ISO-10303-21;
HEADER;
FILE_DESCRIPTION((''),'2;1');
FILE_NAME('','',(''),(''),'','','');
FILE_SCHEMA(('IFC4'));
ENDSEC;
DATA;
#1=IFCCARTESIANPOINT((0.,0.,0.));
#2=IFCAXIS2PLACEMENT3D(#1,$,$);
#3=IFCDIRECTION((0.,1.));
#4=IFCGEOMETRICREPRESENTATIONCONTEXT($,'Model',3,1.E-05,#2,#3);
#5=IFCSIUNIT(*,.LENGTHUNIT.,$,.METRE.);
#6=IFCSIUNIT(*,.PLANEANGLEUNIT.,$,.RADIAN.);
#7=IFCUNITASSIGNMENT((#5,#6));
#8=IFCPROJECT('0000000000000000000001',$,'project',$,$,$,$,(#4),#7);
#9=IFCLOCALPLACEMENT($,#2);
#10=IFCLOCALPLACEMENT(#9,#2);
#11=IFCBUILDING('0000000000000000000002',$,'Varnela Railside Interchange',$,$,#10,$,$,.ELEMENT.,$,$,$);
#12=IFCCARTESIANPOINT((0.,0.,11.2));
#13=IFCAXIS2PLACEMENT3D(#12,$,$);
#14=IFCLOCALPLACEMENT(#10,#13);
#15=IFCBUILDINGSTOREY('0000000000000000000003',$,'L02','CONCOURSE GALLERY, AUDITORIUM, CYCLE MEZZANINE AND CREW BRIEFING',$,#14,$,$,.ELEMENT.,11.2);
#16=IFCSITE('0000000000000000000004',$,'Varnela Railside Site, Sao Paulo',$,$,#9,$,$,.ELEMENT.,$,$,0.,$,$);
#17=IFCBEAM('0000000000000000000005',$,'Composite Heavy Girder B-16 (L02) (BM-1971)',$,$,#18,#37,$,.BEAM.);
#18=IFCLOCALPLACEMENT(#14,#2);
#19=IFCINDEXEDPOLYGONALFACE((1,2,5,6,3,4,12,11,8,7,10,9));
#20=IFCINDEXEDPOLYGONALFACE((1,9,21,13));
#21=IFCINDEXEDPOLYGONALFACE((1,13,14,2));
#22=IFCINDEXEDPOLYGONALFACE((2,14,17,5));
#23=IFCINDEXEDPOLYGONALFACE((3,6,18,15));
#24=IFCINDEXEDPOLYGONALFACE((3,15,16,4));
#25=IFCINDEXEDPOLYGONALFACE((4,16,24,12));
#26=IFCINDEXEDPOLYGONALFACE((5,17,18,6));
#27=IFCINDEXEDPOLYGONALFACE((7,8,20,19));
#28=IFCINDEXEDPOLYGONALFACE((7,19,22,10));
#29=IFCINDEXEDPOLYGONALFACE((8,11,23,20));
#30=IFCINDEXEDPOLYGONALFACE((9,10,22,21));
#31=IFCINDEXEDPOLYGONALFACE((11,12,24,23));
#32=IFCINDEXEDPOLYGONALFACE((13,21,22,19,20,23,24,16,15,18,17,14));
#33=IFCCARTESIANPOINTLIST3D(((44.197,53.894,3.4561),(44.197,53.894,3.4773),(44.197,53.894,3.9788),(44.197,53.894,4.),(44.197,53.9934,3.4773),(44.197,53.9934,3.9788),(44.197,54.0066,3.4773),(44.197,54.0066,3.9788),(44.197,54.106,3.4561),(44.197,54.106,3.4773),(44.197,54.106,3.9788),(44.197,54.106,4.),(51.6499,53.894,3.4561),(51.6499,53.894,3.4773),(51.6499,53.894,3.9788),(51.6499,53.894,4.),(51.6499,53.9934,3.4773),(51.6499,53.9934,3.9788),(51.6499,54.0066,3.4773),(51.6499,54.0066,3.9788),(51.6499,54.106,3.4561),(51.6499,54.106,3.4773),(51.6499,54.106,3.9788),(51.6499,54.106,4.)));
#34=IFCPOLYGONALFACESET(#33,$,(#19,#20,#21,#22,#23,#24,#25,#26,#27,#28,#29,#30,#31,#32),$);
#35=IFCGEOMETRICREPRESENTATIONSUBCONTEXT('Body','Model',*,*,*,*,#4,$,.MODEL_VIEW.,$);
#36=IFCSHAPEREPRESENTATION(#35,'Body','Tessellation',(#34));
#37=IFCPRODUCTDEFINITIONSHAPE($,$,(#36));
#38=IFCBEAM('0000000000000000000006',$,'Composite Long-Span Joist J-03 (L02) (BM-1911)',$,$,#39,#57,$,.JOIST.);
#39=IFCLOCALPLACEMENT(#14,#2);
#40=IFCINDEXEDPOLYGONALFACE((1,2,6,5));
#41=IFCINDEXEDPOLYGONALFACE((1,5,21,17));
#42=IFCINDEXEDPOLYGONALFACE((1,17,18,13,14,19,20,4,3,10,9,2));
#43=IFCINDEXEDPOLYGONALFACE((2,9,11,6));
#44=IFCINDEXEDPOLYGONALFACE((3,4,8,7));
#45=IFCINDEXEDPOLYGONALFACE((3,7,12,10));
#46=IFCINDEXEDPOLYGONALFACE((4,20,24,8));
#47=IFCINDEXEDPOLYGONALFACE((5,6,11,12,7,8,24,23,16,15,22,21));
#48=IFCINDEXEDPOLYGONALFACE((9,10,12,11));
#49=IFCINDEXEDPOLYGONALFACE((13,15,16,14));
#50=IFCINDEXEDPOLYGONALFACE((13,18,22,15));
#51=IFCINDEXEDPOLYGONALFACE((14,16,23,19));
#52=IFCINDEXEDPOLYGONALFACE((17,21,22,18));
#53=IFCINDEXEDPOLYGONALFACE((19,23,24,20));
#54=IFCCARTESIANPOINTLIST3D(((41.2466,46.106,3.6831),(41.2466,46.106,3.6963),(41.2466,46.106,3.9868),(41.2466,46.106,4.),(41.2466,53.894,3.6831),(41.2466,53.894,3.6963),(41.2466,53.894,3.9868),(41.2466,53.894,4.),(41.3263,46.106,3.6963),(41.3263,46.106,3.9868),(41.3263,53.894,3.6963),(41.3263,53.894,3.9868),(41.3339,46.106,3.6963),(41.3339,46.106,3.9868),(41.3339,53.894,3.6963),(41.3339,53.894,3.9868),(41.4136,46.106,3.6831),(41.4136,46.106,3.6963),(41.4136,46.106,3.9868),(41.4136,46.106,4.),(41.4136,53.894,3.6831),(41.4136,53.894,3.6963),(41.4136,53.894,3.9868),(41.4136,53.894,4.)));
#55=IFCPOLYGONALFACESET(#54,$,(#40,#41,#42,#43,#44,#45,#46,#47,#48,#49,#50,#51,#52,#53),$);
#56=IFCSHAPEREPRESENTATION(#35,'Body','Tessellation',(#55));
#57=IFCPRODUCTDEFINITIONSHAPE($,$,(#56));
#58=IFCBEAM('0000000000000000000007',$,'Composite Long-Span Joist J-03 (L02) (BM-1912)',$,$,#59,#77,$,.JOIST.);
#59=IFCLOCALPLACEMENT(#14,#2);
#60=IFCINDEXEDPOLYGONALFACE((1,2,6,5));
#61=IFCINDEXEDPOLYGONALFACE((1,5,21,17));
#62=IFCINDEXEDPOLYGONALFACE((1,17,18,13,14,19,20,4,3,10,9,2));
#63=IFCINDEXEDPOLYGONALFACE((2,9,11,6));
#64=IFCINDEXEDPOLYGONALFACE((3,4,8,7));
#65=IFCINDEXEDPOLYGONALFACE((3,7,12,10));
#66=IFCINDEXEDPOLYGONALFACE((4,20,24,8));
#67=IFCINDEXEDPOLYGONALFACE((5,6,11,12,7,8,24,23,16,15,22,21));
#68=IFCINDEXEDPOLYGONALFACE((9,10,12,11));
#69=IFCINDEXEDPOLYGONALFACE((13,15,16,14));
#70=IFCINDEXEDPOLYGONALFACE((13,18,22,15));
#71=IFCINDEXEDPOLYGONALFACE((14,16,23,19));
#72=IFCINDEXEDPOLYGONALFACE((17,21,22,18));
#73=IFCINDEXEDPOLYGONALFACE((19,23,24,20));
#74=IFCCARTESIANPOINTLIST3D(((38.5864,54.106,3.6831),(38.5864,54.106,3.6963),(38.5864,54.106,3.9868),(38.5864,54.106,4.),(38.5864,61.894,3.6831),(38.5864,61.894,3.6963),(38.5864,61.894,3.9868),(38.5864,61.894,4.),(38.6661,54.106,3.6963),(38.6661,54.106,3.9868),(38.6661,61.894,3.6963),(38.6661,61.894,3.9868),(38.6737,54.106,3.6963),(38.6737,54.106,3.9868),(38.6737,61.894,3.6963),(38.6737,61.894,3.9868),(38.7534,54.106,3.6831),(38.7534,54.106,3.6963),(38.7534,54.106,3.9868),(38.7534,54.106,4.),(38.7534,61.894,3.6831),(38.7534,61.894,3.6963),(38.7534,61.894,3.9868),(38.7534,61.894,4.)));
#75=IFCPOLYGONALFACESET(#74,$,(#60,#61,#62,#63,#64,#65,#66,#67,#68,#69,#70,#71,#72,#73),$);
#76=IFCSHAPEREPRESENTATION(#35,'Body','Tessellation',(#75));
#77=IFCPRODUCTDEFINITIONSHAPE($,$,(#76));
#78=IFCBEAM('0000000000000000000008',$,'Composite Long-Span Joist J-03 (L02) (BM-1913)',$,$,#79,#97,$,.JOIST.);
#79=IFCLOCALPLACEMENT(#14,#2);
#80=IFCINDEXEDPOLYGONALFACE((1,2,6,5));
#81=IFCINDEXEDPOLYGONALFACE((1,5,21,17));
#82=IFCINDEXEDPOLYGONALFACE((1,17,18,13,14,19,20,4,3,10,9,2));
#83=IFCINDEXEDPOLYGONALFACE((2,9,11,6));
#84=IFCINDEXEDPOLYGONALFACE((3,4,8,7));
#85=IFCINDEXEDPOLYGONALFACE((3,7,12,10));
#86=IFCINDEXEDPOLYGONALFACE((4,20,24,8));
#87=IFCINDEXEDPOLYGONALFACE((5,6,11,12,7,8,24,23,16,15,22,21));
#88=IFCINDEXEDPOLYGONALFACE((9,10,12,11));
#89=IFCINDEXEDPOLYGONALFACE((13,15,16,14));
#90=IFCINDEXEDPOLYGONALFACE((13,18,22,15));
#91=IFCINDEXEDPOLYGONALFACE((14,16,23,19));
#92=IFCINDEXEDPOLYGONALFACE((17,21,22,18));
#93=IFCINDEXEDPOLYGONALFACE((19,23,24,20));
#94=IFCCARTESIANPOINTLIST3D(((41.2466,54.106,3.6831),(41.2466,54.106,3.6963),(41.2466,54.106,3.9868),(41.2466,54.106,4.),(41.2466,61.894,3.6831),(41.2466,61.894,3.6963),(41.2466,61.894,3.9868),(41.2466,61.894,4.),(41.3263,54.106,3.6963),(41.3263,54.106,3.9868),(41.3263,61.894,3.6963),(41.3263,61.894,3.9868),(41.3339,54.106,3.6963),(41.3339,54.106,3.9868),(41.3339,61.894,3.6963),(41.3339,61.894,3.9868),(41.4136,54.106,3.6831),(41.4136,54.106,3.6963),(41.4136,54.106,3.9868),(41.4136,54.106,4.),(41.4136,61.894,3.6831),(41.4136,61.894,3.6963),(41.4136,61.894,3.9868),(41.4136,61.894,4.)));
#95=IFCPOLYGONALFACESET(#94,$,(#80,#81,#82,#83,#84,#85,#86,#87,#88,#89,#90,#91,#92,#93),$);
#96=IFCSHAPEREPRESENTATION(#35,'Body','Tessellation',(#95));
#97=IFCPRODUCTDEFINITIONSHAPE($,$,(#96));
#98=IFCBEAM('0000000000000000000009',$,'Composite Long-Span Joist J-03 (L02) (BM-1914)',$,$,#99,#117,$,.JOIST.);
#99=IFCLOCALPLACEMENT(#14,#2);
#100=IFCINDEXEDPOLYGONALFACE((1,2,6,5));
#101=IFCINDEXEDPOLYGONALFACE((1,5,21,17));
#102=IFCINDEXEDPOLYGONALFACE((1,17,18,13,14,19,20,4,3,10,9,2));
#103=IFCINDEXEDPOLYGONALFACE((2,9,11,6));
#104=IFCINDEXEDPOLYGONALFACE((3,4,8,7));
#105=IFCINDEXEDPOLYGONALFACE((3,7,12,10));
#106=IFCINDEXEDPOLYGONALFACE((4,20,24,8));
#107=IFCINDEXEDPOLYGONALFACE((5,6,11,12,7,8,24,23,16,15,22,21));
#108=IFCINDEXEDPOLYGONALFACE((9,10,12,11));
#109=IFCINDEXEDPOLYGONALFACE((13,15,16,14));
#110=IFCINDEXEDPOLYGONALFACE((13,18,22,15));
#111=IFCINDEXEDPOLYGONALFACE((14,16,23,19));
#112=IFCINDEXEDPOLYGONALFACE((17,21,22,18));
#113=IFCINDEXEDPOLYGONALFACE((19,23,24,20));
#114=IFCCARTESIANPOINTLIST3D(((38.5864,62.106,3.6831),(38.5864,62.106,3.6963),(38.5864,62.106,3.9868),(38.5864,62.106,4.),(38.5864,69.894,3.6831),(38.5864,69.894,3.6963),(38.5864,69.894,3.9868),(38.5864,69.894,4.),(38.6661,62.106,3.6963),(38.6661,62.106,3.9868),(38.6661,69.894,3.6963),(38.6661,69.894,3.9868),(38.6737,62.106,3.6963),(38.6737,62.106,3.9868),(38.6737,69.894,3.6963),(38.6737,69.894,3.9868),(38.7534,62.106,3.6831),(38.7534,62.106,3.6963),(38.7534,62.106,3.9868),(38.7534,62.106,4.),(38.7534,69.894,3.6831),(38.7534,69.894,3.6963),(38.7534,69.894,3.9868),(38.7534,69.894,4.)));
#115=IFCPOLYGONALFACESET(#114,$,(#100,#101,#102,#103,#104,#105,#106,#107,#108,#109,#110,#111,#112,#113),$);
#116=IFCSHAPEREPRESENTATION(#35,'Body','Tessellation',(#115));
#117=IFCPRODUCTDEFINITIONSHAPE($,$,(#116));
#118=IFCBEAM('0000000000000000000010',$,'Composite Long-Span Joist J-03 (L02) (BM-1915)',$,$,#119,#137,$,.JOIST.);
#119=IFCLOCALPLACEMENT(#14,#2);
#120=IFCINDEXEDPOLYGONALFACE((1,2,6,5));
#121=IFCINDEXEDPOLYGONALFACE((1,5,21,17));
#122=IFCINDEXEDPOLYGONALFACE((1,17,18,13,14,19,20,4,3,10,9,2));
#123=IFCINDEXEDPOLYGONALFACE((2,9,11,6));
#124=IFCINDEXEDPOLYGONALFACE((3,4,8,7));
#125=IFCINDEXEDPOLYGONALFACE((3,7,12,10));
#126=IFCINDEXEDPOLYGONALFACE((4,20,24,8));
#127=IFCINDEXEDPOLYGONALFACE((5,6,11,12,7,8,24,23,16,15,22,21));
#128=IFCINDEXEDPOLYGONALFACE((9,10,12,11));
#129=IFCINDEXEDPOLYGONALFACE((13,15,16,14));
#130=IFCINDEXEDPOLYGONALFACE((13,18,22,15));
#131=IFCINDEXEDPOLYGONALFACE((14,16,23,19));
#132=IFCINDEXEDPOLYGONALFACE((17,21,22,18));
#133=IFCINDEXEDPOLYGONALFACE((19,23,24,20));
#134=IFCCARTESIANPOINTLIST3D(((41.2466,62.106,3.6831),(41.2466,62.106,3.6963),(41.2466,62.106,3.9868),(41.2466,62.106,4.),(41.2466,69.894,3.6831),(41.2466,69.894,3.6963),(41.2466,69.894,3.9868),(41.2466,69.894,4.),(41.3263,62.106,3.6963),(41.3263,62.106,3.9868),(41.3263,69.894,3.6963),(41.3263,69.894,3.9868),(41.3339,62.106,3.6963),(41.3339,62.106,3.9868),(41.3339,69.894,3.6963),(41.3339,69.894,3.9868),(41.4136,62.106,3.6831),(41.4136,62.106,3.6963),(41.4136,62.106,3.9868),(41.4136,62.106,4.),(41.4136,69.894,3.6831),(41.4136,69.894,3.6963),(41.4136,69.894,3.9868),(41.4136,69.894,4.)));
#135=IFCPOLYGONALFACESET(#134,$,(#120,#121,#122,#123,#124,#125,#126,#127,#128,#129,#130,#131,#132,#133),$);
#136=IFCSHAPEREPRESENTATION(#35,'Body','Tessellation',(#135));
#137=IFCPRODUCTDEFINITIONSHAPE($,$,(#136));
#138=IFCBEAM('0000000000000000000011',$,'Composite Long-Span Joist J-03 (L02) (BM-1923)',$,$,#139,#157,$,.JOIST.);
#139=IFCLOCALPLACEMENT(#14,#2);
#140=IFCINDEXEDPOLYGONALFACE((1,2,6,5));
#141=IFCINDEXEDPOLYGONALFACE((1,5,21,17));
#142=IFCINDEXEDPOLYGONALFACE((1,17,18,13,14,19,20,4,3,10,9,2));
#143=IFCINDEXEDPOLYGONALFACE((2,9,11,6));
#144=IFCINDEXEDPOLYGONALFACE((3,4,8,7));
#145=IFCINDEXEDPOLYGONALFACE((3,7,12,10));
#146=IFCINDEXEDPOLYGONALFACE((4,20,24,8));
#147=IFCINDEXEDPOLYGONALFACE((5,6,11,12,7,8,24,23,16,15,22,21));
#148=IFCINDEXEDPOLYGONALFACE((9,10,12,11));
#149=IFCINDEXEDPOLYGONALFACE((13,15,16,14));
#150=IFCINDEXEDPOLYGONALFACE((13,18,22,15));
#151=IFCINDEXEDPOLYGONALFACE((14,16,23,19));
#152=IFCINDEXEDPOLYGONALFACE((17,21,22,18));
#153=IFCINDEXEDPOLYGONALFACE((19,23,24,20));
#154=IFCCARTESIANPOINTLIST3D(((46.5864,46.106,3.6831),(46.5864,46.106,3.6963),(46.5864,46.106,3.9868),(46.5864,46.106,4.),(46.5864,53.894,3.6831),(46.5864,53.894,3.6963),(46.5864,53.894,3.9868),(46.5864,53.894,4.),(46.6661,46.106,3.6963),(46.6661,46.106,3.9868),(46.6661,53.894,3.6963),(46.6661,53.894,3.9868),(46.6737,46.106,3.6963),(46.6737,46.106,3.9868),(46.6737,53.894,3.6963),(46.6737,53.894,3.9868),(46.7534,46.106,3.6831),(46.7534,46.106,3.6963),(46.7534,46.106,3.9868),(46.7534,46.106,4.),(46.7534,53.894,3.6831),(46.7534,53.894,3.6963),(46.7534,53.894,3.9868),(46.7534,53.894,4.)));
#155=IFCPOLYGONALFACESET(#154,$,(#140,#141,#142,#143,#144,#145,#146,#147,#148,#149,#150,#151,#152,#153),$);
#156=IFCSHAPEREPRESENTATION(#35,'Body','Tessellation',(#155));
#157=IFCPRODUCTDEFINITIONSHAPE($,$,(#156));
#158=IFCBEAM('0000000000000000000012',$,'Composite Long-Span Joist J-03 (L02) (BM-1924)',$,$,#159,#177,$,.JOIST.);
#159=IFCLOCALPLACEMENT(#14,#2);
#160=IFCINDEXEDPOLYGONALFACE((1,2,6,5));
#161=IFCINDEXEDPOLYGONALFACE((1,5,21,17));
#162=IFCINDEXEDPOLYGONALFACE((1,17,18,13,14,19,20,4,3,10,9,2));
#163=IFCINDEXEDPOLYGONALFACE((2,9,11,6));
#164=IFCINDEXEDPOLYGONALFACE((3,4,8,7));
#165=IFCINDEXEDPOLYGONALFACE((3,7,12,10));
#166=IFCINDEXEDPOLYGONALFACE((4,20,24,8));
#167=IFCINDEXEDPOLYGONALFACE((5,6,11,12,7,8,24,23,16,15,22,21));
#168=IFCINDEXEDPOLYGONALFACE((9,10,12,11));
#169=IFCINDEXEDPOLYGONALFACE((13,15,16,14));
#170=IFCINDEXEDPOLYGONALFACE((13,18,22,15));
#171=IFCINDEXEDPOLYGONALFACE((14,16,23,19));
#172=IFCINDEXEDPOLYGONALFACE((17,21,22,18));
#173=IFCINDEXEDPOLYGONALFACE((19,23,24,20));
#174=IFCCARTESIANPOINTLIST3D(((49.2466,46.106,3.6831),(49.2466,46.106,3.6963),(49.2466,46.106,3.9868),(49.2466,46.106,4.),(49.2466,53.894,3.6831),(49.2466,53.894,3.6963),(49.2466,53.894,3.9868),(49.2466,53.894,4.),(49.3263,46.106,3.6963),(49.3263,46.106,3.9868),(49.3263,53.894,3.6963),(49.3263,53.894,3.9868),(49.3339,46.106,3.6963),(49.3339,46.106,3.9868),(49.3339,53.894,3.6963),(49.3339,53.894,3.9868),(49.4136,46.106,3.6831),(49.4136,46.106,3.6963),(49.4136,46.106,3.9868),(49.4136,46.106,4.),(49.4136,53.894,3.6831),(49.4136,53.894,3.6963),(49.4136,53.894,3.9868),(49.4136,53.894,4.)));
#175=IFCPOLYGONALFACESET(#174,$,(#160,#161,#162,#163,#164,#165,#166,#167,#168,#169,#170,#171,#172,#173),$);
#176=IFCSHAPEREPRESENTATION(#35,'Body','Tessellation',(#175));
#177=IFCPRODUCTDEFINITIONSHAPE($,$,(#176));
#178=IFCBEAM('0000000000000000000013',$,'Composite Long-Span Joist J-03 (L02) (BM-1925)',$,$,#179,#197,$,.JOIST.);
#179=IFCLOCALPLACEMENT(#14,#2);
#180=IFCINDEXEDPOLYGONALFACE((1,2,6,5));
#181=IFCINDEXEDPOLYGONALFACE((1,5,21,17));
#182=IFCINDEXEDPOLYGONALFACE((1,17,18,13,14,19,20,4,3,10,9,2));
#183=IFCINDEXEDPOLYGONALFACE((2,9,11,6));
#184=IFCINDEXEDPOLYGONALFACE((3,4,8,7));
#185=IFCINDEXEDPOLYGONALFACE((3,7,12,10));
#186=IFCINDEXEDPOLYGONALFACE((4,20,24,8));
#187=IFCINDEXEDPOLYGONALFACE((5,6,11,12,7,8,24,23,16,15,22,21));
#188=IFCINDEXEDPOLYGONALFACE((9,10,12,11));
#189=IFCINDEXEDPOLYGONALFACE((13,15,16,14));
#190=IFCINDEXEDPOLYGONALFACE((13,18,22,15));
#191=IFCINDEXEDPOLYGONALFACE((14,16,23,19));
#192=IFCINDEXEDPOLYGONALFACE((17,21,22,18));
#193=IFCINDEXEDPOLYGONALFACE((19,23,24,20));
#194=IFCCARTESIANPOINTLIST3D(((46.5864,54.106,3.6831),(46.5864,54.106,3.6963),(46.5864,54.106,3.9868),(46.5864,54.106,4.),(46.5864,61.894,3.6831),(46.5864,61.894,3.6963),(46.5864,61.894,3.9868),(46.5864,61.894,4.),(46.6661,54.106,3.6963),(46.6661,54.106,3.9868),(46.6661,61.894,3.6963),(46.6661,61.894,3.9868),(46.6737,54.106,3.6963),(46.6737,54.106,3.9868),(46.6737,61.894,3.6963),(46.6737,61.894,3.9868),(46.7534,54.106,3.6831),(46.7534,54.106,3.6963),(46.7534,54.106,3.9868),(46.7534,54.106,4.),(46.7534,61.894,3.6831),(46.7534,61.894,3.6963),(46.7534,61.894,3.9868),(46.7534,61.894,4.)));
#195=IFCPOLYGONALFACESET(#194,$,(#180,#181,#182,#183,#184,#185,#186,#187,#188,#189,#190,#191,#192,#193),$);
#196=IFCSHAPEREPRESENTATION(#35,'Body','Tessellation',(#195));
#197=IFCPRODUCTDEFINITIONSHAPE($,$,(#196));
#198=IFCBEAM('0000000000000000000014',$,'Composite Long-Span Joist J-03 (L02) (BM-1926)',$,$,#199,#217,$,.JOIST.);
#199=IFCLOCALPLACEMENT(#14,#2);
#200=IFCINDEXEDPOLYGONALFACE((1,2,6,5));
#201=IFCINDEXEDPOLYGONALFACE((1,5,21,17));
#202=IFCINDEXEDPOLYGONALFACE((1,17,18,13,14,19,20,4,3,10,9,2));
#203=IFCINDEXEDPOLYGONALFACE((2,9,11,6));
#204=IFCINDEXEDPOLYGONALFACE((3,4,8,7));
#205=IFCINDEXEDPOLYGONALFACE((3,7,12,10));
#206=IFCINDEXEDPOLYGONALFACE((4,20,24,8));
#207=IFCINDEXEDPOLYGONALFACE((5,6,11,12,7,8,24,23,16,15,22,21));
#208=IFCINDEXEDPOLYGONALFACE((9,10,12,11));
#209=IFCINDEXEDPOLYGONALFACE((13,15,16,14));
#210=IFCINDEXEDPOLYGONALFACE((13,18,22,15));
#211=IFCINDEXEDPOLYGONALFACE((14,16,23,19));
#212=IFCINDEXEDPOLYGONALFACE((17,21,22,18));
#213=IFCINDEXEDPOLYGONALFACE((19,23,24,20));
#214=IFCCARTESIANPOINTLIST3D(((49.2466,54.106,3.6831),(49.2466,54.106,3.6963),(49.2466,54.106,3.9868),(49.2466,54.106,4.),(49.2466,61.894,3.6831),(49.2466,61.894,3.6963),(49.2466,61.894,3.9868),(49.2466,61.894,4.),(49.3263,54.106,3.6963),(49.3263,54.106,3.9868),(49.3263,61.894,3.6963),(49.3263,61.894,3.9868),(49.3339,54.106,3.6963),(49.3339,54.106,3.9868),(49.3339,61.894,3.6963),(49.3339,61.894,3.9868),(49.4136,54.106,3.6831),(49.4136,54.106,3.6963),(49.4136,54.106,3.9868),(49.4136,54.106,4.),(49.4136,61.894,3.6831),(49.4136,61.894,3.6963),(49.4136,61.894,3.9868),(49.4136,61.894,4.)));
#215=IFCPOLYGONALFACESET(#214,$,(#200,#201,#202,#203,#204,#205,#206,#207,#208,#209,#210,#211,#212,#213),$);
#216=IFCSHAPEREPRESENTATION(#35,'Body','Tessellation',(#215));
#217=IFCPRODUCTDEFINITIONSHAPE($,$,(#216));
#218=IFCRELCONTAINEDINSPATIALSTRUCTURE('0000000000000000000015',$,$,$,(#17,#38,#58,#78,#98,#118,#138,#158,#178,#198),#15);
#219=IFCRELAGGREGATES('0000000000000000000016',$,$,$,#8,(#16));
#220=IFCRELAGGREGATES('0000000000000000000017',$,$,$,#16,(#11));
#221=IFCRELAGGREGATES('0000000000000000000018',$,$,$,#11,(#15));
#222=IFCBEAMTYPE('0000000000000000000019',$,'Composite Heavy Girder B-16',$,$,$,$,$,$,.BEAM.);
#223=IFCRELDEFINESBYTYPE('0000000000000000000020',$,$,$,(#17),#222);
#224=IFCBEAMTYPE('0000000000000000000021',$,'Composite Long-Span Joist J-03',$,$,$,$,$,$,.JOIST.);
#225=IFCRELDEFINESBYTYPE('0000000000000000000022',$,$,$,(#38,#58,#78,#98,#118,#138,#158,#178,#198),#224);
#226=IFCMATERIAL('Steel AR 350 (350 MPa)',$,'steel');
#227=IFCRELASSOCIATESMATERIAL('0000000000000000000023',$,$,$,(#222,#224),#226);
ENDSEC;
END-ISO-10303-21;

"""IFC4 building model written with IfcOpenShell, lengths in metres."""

from ifc_helpers import new_model, si_unit, direction, frame, origin, origin_2d, place, context, subcontext, project, spatial, i_section, extrude, material, material_profile, profile_set, type_object, element, save


model = new_model("IFC4")

# Units and contexts
model_context = context("Model", 3, precision=1e-05, world=origin(), true_north=direction((0.0, 1.0)))
body_context = subcontext(model_context, "Body", "Model", "MODEL_VIEW")
ifc_project = project(units=[si_unit("LENGTHUNIT", "METRE"), si_unit("PLANEANGLEUNIT", "RADIAN")], contexts=[model_context])

# Site, building, storey
site_placement = place(None, origin())
site = spatial("IfcSite", under=ifc_project, at=site_placement, Name="Varnela Railside Site, Sao Paulo", CompositionType="ELEMENT", RefElevation=0.0)
building_placement = place(site_placement, origin())
building = spatial("IfcBuilding", under=site, at=building_placement, Name="Varnela Railside Interchange", CompositionType="ELEMENT")
storey_placement = place(building_placement, frame((0.0, 0.0, 11.2)))
storey = spatial("IfcBuildingStorey", under=building, at=storey_placement, Name="L02", Description="CONCOURSE GALLERY, AUDITORIUM, CYCLE MEZZANINE AND CREW BRIEFING", CompositionType="ELEMENT", Elevation=11.2)

# Shared definitions
ifc_material_1 = material(Name="Steel AR 350 (350 MPa)", Category="steel")

# Beams
ifc_material_profile_1 = material_profile(ifc_material_1, i_section(OverallWidth=0.2119, OverallDepth=0.5439, WebThickness=0.0132, FlangeThickness=0.0212, at=origin_2d()), Name="W530x123")
ifc_profile_set_1 = profile_set([ifc_material_profile_1], Name="Steel AR 350 (350 MPa)")
beam_type_1 = type_object("IfcBeamType", Name="Composite Heavy Girder B-16", PredefinedType="BEAM", material=ifc_profile_set_1)
for number, where, z_axis, x_axis, name in (
    (1, (44.197, 54.0, 3.728), (1.0, 0.0, 0.0), (0.0, 1.0, 0.0), "Composite Heavy Girder B-16 (L02) (BM-1971)"),
):
    element("IfcBeam", number, at=place(storey_placement, frame(where, z_axis=z_axis, x_axis=x_axis)), inside=storey, type_object=beam_type_1, Name=name, PredefinedType="BEAM", context=body_context, shape_type="SweptSolid", body=[
        extrude(i_section(OverallWidth=0.2119, OverallDepth=0.5439, WebThickness=0.0132, FlangeThickness=0.0212, at=origin_2d()), origin(), (0.0, 0.0, 1.0), 7.4529),
    ])
ifc_material_profile_2 = material_profile(ifc_material_1, i_section(OverallWidth=0.167, OverallDepth=0.3169, WebThickness=0.0076, FlangeThickness=0.0132, at=origin_2d()), Name="W310x52")
ifc_profile_set_2 = profile_set([ifc_material_profile_2], Name="Steel AR 350 (350 MPa)")
beam_type_2 = type_object("IfcBeamType", Name="Composite Long-Span Joist J-03", PredefinedType="JOIST", material=ifc_profile_set_2)
for number, where, z_axis, x_axis, name in (
    (2, (41.3301, 46.106, 3.8416), (0.0, 1.0, 0.0), (-1.0, 0.0, 0.0), "Composite Long-Span Joist J-03 (L02) (BM-1911)"),
    (3, (38.6699, 54.106, 3.8416), (0.0, 1.0, 0.0), (-1.0, 0.0, 0.0), "Composite Long-Span Joist J-03 (L02) (BM-1912)"),
    (4, (41.3301, 54.106, 3.8416), (0.0, 1.0, 0.0), (-1.0, 0.0, 0.0), "Composite Long-Span Joist J-03 (L02) (BM-1913)"),
    (5, (38.6699, 62.106, 3.8416), (0.0, 1.0, 0.0), (-1.0, 0.0, 0.0), "Composite Long-Span Joist J-03 (L02) (BM-1914)"),
    (6, (41.3301, 62.106, 3.8416), (0.0, 1.0, 0.0), (-1.0, 0.0, 0.0), "Composite Long-Span Joist J-03 (L02) (BM-1915)"),
    (7, (46.6699, 46.106, 3.8416), (0.0, 1.0, 0.0), (-1.0, 0.0, 0.0), "Composite Long-Span Joist J-03 (L02) (BM-1923)"),
    (8, (49.3301, 46.106, 3.8416), (0.0, 1.0, 0.0), (-1.0, 0.0, 0.0), "Composite Long-Span Joist J-03 (L02) (BM-1924)"),
    (9, (46.6699, 54.106, 3.8416), (0.0, 1.0, 0.0), (-1.0, 0.0, 0.0), "Composite Long-Span Joist J-03 (L02) (BM-1925)"),
    (10, (49.3301, 54.106, 3.8416), (0.0, 1.0, 0.0), (-1.0, 0.0, 0.0), "Composite Long-Span Joist J-03 (L02) (BM-1926)"),
):
    element("IfcBeam", number, at=place(storey_placement, frame(where, z_axis=z_axis, x_axis=x_axis)), inside=storey, type_object=beam_type_2, Name=name, PredefinedType="JOIST", context=body_context, shape_type="SweptSolid", body=[
        extrude(i_section(OverallWidth=0.167, OverallDepth=0.3169, WebThickness=0.0076, FlangeThickness=0.0132, at=origin_2d()), origin(), (0.0, 0.0, 1.0), 7.7881),
    ])

save(model, "model.ifc")
